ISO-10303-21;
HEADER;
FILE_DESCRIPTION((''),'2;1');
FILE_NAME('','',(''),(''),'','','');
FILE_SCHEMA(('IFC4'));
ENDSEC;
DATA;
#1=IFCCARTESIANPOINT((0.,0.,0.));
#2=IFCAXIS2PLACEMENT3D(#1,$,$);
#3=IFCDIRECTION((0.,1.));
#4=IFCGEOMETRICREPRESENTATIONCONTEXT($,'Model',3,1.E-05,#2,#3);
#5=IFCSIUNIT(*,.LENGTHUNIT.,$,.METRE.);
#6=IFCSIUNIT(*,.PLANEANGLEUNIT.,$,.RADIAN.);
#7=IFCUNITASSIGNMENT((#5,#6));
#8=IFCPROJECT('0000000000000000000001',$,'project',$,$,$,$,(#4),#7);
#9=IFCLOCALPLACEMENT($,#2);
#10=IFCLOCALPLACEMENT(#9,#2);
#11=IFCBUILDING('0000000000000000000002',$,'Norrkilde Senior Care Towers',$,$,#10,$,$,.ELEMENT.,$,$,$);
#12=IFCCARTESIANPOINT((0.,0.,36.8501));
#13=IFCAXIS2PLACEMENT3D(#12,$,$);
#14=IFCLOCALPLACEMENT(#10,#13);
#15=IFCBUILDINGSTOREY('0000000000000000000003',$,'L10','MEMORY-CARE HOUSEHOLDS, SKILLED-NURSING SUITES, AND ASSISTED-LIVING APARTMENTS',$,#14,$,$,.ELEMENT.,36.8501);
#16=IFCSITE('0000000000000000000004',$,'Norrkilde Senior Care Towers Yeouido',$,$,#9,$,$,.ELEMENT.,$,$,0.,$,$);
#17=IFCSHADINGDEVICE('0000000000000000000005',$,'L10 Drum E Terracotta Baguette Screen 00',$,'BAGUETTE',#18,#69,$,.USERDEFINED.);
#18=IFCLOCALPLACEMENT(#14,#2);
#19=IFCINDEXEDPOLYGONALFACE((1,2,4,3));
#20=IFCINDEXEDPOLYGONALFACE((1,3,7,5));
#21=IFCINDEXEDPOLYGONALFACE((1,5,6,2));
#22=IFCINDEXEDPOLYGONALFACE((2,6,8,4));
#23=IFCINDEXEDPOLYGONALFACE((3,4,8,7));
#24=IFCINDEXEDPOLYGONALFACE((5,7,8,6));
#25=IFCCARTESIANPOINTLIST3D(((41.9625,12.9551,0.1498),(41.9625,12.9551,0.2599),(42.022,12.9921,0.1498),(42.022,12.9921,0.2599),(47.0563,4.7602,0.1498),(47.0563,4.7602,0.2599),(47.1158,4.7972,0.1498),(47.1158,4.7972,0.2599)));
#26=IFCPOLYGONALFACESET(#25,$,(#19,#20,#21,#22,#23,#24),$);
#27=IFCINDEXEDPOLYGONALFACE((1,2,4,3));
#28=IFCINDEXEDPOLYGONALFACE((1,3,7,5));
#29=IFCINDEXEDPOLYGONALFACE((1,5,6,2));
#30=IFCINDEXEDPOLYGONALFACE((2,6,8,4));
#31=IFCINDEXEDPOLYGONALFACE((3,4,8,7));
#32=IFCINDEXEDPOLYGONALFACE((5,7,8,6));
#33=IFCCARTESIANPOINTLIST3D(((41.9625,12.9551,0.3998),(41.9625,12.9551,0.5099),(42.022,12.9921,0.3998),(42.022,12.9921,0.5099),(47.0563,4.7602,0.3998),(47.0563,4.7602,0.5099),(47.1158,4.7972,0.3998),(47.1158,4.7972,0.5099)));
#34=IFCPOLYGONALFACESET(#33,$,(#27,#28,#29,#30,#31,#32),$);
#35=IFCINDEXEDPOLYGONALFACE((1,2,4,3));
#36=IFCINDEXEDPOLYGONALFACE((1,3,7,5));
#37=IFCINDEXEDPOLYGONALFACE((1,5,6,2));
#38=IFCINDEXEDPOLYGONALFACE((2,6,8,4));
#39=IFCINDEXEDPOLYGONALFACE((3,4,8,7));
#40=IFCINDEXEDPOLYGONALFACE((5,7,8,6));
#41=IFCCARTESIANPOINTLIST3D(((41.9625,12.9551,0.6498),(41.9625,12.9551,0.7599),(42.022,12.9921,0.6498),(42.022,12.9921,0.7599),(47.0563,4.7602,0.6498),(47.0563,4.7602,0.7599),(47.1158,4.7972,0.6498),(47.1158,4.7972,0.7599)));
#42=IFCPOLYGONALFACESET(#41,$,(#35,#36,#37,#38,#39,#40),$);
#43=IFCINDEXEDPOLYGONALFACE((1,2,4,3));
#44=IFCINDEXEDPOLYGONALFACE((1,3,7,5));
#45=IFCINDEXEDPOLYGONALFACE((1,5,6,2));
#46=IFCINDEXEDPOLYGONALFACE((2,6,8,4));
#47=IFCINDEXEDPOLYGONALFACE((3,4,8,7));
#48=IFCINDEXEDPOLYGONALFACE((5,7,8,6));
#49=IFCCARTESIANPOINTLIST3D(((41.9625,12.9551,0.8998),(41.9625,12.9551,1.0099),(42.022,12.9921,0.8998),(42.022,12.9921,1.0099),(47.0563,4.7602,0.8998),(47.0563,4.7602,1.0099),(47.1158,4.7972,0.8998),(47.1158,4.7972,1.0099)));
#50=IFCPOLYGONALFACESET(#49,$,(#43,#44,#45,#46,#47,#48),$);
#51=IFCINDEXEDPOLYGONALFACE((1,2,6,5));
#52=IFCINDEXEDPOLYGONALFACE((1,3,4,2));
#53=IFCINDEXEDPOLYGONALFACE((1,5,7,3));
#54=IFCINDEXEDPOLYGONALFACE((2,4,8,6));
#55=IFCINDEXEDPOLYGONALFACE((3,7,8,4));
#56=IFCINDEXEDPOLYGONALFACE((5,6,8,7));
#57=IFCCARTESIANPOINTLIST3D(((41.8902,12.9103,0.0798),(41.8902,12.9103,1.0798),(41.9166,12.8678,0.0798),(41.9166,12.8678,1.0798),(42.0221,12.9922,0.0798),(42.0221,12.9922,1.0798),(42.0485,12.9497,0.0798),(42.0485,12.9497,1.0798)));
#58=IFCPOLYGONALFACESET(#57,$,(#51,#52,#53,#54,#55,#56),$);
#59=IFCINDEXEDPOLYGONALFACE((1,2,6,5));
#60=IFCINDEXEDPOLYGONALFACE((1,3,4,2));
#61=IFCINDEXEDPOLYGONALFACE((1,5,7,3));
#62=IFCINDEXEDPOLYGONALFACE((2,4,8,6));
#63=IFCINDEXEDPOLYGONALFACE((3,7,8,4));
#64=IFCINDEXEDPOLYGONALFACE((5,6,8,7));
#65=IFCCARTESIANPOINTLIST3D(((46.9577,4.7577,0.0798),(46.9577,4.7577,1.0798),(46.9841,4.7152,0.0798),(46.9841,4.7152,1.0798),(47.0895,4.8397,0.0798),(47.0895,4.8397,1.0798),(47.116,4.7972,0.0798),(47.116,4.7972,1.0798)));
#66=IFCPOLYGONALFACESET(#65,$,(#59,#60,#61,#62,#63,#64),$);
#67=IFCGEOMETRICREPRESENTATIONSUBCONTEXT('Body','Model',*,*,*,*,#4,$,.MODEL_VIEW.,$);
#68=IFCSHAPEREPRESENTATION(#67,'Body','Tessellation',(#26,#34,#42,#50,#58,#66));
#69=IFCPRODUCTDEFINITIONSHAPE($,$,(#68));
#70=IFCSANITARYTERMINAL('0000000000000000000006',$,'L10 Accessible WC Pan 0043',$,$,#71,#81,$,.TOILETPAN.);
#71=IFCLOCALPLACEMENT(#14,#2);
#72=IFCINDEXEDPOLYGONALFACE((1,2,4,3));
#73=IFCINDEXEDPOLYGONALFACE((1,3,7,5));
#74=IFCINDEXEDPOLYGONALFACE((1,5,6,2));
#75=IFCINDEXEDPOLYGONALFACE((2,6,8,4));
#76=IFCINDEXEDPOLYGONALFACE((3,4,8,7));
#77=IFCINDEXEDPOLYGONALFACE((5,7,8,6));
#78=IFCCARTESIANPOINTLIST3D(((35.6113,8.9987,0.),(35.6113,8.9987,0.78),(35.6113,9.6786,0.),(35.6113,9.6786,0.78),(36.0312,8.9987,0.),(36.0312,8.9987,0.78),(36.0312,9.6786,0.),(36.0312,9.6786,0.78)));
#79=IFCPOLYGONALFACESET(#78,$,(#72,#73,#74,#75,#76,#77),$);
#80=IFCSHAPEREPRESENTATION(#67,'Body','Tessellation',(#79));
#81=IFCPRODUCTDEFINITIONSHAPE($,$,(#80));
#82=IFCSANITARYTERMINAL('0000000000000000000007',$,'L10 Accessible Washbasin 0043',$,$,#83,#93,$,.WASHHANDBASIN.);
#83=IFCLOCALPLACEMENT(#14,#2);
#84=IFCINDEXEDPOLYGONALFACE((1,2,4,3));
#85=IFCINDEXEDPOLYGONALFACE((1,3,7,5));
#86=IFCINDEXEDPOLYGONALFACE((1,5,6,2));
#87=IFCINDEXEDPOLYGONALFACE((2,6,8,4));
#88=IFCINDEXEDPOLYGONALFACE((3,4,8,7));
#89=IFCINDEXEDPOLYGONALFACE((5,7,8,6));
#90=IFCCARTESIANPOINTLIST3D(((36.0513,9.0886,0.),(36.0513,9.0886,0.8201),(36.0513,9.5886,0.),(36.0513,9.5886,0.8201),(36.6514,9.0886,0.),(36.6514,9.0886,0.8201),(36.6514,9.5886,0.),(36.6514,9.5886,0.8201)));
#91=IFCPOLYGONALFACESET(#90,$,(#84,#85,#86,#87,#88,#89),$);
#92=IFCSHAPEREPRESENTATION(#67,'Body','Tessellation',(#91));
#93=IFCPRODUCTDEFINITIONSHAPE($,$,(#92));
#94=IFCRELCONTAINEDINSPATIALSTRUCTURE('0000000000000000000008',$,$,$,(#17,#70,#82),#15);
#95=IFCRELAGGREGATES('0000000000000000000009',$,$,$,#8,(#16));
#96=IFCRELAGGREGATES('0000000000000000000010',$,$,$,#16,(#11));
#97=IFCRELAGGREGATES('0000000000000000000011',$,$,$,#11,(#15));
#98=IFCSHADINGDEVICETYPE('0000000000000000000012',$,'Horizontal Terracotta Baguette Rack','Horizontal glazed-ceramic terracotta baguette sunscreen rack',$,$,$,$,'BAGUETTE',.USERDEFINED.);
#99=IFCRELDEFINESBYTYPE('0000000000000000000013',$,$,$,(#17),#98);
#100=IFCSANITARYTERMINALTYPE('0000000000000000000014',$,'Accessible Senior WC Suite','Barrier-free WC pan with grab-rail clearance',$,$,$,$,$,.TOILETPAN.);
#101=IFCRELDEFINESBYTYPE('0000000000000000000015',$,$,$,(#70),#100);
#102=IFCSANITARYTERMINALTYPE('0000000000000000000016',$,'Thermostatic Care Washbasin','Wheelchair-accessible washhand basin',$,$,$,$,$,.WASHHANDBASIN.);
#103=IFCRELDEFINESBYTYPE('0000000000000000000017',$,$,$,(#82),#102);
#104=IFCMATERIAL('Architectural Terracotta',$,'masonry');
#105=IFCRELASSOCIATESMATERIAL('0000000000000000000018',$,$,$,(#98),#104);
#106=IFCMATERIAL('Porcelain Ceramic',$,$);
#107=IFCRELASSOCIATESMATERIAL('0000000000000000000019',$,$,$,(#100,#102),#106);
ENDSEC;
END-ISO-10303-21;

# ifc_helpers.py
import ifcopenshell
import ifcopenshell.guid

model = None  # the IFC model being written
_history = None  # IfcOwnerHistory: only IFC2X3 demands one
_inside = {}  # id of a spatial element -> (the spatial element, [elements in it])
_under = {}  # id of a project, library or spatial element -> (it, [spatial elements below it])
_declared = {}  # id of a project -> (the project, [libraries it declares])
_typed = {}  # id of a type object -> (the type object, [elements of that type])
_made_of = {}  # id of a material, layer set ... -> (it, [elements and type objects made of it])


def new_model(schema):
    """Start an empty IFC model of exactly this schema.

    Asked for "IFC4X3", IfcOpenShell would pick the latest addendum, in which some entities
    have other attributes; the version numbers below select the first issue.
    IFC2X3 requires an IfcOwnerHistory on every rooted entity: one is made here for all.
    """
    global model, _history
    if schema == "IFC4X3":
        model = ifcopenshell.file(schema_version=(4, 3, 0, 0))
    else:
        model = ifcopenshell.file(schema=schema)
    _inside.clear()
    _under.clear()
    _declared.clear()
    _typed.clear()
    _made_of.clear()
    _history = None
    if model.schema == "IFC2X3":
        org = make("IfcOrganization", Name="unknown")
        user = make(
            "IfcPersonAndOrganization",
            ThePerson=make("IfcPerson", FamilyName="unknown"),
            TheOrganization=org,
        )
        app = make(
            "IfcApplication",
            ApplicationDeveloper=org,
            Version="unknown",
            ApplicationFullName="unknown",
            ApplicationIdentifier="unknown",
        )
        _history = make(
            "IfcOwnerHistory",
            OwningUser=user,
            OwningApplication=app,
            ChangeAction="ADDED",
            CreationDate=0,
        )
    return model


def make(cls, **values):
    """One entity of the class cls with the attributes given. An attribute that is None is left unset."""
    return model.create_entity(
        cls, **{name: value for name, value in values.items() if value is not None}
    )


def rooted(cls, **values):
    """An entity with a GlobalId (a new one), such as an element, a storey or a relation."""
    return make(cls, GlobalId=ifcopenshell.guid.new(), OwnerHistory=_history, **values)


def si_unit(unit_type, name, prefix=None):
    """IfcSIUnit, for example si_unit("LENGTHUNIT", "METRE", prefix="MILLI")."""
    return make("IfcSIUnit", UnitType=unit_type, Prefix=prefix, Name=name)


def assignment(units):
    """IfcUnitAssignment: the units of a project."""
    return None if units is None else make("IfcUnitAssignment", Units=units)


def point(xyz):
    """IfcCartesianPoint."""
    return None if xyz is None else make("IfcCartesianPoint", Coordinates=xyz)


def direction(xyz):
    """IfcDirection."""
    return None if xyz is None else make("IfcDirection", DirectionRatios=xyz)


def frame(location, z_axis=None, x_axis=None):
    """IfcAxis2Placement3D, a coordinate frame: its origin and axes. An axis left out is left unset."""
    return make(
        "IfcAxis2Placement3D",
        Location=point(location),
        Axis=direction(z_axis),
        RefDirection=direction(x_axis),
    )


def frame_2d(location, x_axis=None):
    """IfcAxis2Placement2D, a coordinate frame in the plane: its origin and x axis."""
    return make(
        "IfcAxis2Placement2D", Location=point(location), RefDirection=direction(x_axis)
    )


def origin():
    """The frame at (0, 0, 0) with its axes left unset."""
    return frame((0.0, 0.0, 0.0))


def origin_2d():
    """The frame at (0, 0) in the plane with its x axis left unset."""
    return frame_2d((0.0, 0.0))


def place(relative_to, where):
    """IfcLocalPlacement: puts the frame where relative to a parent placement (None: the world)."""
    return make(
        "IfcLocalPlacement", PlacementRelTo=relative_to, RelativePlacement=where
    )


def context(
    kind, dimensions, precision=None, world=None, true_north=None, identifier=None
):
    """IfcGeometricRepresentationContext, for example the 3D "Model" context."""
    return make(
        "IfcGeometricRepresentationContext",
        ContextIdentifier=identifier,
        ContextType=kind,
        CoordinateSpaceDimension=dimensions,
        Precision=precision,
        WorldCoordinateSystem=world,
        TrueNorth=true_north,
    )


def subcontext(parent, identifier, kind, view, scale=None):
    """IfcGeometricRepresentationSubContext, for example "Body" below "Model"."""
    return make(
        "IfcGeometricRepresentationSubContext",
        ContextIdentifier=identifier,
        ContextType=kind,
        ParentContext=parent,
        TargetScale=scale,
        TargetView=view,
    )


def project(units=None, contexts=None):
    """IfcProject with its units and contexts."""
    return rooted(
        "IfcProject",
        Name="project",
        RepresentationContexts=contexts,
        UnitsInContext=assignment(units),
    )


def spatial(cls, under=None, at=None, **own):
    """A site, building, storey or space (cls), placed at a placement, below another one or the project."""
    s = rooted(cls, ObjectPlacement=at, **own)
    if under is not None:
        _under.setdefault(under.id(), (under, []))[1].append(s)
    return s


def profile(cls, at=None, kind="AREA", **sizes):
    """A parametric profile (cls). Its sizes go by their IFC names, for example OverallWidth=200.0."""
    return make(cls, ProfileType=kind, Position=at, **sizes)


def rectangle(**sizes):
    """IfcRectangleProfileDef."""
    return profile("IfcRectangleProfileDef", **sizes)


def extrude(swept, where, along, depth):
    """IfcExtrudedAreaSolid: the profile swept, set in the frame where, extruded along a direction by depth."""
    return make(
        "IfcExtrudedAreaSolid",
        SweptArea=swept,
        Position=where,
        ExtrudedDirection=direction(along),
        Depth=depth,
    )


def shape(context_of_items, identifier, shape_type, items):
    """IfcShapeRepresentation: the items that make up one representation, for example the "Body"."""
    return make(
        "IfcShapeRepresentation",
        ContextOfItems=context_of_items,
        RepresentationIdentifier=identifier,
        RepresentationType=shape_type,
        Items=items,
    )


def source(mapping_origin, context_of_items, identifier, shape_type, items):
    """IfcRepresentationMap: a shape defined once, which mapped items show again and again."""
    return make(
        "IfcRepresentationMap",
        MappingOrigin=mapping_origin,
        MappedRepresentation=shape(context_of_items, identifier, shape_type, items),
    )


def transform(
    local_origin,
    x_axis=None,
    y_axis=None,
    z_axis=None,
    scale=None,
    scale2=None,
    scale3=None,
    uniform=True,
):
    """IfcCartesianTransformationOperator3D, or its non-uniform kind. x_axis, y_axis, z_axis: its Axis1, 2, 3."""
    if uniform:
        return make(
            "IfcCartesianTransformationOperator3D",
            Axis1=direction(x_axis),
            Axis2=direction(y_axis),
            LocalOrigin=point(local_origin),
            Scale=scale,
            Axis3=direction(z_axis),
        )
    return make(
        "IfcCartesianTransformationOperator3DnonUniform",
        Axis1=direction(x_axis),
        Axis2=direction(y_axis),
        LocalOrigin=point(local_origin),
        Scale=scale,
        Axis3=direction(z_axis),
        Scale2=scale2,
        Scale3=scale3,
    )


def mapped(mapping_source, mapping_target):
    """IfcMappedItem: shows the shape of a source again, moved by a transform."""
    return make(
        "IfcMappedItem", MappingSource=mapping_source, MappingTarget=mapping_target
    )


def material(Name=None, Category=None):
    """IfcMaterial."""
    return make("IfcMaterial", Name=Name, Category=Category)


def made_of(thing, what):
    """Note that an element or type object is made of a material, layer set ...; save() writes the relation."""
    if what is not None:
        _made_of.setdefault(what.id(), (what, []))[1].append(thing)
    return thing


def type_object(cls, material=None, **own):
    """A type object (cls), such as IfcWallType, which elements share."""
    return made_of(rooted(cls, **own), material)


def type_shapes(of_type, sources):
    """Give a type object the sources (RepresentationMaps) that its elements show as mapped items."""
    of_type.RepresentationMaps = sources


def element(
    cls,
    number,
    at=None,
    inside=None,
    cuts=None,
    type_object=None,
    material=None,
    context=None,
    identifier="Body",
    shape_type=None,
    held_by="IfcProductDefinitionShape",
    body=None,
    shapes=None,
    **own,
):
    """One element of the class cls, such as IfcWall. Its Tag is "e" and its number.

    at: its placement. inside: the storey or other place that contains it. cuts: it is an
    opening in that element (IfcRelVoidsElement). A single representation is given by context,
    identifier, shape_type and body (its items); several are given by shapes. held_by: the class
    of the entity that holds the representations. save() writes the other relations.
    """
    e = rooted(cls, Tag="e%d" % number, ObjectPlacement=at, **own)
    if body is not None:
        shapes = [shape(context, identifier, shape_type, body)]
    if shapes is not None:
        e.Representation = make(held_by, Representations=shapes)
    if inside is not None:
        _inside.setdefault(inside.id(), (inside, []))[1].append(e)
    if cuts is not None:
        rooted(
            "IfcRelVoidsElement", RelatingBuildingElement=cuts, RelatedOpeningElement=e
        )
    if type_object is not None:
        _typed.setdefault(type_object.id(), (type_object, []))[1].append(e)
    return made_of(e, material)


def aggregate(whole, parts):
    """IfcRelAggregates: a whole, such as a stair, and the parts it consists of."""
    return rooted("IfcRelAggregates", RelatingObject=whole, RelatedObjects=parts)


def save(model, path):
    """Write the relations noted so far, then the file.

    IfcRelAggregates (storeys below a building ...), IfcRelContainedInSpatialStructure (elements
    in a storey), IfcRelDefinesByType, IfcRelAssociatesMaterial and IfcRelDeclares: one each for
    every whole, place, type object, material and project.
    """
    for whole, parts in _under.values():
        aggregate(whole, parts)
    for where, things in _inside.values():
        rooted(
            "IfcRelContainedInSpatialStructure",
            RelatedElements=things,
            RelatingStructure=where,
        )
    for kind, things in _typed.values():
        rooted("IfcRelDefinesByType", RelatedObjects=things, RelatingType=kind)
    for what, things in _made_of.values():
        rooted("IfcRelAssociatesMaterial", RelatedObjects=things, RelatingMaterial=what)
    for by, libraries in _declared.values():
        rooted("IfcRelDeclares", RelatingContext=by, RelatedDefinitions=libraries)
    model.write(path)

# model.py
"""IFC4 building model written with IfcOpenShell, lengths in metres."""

from ifc_helpers import new_model, si_unit, direction, frame, origin, origin_2d, place, context, subcontext, project, spatial, rectangle, extrude, source, transform, mapped, material, type_object, type_shapes, element, save


model = new_model("IFC4")

# Units and contexts
model_context = context("Model", 3, precision=1e-05, world=origin(), true_north=direction((0.0, 1.0)))
body_context = subcontext(model_context, "Body", "Model", "MODEL_VIEW")
ifc_project = project(units=[si_unit("LENGTHUNIT", "METRE"), si_unit("PLANEANGLEUNIT", "RADIAN")], contexts=[model_context])

# Site, building, storey
site_placement = place(None, origin())
site = spatial("IfcSite", under=ifc_project, at=site_placement, Name="Norrkilde Senior Care Towers Yeouido", CompositionType="ELEMENT", RefElevation=0.0)
building_placement = place(site_placement, origin())
building = spatial("IfcBuilding", under=site, at=building_placement, Name="Norrkilde Senior Care Towers", CompositionType="ELEMENT")
storey_placement = place(building_placement, frame((0.0, 0.0, 36.8501)))
storey = spatial("IfcBuildingStorey", under=building, at=storey_placement, Name="L10", Description="MEMORY-CARE HOUSEHOLDS, SKILLED-NURSING SUITES, AND ASSISTED-LIVING APARTMENTS", CompositionType="ELEMENT", Elevation=36.8501)

# Shading device
ifc_material_1 = material(Name="Architectural Terracotta", Category="masonry")
shading_device_type = type_object("IfcShadingDeviceType", Name="Horizontal Terracotta Baguette Rack", Description="Horizontal glazed-ceramic terracotta baguette sunscreen rack", ElementType="BAGUETTE", PredefinedType="USERDEFINED", material=ifc_material_1)
shared_shape_1 = source(origin(), body_context, "Body", "SweptSolid", [
    extrude(rectangle(XDim=0.0701, YDim=0.1101, at=origin_2d()), frame((0.0, 0.0901, 0.125), z_axis=(1.0, 0.0, 0.0), x_axis=(0.0, 1.0, 0.0)), (0.0, 0.0, 1.0), 9.6489),
    extrude(rectangle(XDim=0.0701, YDim=0.1101, at=origin_2d()), frame((0.0, 0.0901, 0.375), z_axis=(1.0, 0.0, 0.0), x_axis=(0.0, 1.0, 0.0)), (0.0, 0.0, 1.0), 9.6489),
    extrude(rectangle(XDim=0.0701, YDim=0.1101, at=origin_2d()), frame((0.0, 0.0901, 0.625), z_axis=(1.0, 0.0, 0.0), x_axis=(0.0, 1.0, 0.0)), (0.0, 0.0, 1.0), 9.6489),
    extrude(rectangle(XDim=0.0701, YDim=0.1101, at=origin_2d()), frame((0.0, 0.0901, 0.875), z_axis=(1.0, 0.0, 0.0), x_axis=(0.0, 1.0, 0.0)), (0.0, 0.0, 1.0), 9.6489),
    extrude(rectangle(XDim=0.05, YDim=0.1553, at=origin_2d()), frame((0.0249, 0.0476, 0.0)), (0.0, 0.0, 1.0), 1.0),
    extrude(rectangle(XDim=0.05, YDim=0.1553, at=origin_2d()), frame((9.624, 0.0476, 0.0)), (0.0, 0.0, 1.0), 1.0),
])
type_shapes(shading_device_type, [shared_shape_1])
shading_device_placement = place(storey_placement, frame((41.9158, 12.926, 0.0798), z_axis=(0.0, 0.0, 1.0), x_axis=(0.527909, -0.849299, 0.0)))
element("IfcShadingDevice", 1, at=shading_device_placement, inside=storey, type_object=shading_device_type, Name="L10 Drum E Terracotta Baguette Screen 00", ObjectType="BAGUETTE", PredefinedType="USERDEFINED", context=body_context, shape_type="MappedRepresentation", body=[
    mapped(shared_shape_1, transform((0.0, 0.0, 0.0), x_axis=(1.0, 0.0, 0.0), y_axis=(0.0, 1.0, 0.0), z_axis=(0.0, 0.0, 1.0), scale=1.0)),
])

# Sanitary terminals
ifc_material_2 = material(Name="Porcelain Ceramic")
sanitary_terminal_type_1 = type_object("IfcSanitaryTerminalType", Name="Accessible Senior WC Suite", Description="Barrier-free WC pan with grab-rail clearance", PredefinedType="TOILETPAN", material=ifc_material_2)
shared_shape_2 = source(origin(), body_context, "Body", "SweptSolid", [
    extrude(rectangle(XDim=0.4199, YDim=0.6799, at=origin_2d()), origin(), (0.0, 0.0, 1.0), 0.78),
])
type_shapes(sanitary_terminal_type_1, [shared_shape_2])
sanitary_terminal_1_placement = place(storey_placement, frame((35.8213, 9.3386, 0.0), z_axis=(0.0, 0.0, 1.0), x_axis=(1.0, 0.0, 0.0)))
element("IfcSanitaryTerminal", 2, at=sanitary_terminal_1_placement, inside=storey, type_object=sanitary_terminal_type_1, Name="L10 Accessible WC Pan 0043", PredefinedType="TOILETPAN", context=body_context, shape_type="MappedRepresentation", body=[
    mapped(shared_shape_2, transform((0.0, 0.0, 0.0), x_axis=(1.0, 0.0, 0.0), y_axis=(0.0, 1.0, 0.0), z_axis=(0.0, 0.0, 1.0), scale=1.0)),
])
sanitary_terminal_type_2 = type_object("IfcSanitaryTerminalType", Name="Thermostatic Care Washbasin", Description="Wheelchair-accessible washhand basin", PredefinedType="WASHHANDBASIN", material=ifc_material_2)
shared_shape_3 = source(origin(), body_context, "Body", "SweptSolid", [
    extrude(rectangle(XDim=0.6001, YDim=0.5, at=origin_2d()), origin(), (0.0, 0.0, 1.0), 0.8201),
])
type_shapes(sanitary_terminal_type_2, [shared_shape_3])
sanitary_terminal_2_placement = place(storey_placement, frame((36.3513, 9.3386, 0.0), z_axis=(0.0, 0.0, 1.0), x_axis=(1.0, 0.0, 0.0)))
element("IfcSanitaryTerminal", 3, at=sanitary_terminal_2_placement, inside=storey, type_object=sanitary_terminal_type_2, Name="L10 Accessible Washbasin 0043", PredefinedType="WASHHANDBASIN", context=body_context, shape_type="MappedRepresentation", body=[
    mapped(shared_shape_3, transform((0.0, 0.0, 0.0), x_axis=(1.0, 0.0, 0.0), y_axis=(0.0, 1.0, 0.0), z_axis=(0.0, 0.0, 1.0), scale=1.0)),
])

save(model, "model.ifc")
